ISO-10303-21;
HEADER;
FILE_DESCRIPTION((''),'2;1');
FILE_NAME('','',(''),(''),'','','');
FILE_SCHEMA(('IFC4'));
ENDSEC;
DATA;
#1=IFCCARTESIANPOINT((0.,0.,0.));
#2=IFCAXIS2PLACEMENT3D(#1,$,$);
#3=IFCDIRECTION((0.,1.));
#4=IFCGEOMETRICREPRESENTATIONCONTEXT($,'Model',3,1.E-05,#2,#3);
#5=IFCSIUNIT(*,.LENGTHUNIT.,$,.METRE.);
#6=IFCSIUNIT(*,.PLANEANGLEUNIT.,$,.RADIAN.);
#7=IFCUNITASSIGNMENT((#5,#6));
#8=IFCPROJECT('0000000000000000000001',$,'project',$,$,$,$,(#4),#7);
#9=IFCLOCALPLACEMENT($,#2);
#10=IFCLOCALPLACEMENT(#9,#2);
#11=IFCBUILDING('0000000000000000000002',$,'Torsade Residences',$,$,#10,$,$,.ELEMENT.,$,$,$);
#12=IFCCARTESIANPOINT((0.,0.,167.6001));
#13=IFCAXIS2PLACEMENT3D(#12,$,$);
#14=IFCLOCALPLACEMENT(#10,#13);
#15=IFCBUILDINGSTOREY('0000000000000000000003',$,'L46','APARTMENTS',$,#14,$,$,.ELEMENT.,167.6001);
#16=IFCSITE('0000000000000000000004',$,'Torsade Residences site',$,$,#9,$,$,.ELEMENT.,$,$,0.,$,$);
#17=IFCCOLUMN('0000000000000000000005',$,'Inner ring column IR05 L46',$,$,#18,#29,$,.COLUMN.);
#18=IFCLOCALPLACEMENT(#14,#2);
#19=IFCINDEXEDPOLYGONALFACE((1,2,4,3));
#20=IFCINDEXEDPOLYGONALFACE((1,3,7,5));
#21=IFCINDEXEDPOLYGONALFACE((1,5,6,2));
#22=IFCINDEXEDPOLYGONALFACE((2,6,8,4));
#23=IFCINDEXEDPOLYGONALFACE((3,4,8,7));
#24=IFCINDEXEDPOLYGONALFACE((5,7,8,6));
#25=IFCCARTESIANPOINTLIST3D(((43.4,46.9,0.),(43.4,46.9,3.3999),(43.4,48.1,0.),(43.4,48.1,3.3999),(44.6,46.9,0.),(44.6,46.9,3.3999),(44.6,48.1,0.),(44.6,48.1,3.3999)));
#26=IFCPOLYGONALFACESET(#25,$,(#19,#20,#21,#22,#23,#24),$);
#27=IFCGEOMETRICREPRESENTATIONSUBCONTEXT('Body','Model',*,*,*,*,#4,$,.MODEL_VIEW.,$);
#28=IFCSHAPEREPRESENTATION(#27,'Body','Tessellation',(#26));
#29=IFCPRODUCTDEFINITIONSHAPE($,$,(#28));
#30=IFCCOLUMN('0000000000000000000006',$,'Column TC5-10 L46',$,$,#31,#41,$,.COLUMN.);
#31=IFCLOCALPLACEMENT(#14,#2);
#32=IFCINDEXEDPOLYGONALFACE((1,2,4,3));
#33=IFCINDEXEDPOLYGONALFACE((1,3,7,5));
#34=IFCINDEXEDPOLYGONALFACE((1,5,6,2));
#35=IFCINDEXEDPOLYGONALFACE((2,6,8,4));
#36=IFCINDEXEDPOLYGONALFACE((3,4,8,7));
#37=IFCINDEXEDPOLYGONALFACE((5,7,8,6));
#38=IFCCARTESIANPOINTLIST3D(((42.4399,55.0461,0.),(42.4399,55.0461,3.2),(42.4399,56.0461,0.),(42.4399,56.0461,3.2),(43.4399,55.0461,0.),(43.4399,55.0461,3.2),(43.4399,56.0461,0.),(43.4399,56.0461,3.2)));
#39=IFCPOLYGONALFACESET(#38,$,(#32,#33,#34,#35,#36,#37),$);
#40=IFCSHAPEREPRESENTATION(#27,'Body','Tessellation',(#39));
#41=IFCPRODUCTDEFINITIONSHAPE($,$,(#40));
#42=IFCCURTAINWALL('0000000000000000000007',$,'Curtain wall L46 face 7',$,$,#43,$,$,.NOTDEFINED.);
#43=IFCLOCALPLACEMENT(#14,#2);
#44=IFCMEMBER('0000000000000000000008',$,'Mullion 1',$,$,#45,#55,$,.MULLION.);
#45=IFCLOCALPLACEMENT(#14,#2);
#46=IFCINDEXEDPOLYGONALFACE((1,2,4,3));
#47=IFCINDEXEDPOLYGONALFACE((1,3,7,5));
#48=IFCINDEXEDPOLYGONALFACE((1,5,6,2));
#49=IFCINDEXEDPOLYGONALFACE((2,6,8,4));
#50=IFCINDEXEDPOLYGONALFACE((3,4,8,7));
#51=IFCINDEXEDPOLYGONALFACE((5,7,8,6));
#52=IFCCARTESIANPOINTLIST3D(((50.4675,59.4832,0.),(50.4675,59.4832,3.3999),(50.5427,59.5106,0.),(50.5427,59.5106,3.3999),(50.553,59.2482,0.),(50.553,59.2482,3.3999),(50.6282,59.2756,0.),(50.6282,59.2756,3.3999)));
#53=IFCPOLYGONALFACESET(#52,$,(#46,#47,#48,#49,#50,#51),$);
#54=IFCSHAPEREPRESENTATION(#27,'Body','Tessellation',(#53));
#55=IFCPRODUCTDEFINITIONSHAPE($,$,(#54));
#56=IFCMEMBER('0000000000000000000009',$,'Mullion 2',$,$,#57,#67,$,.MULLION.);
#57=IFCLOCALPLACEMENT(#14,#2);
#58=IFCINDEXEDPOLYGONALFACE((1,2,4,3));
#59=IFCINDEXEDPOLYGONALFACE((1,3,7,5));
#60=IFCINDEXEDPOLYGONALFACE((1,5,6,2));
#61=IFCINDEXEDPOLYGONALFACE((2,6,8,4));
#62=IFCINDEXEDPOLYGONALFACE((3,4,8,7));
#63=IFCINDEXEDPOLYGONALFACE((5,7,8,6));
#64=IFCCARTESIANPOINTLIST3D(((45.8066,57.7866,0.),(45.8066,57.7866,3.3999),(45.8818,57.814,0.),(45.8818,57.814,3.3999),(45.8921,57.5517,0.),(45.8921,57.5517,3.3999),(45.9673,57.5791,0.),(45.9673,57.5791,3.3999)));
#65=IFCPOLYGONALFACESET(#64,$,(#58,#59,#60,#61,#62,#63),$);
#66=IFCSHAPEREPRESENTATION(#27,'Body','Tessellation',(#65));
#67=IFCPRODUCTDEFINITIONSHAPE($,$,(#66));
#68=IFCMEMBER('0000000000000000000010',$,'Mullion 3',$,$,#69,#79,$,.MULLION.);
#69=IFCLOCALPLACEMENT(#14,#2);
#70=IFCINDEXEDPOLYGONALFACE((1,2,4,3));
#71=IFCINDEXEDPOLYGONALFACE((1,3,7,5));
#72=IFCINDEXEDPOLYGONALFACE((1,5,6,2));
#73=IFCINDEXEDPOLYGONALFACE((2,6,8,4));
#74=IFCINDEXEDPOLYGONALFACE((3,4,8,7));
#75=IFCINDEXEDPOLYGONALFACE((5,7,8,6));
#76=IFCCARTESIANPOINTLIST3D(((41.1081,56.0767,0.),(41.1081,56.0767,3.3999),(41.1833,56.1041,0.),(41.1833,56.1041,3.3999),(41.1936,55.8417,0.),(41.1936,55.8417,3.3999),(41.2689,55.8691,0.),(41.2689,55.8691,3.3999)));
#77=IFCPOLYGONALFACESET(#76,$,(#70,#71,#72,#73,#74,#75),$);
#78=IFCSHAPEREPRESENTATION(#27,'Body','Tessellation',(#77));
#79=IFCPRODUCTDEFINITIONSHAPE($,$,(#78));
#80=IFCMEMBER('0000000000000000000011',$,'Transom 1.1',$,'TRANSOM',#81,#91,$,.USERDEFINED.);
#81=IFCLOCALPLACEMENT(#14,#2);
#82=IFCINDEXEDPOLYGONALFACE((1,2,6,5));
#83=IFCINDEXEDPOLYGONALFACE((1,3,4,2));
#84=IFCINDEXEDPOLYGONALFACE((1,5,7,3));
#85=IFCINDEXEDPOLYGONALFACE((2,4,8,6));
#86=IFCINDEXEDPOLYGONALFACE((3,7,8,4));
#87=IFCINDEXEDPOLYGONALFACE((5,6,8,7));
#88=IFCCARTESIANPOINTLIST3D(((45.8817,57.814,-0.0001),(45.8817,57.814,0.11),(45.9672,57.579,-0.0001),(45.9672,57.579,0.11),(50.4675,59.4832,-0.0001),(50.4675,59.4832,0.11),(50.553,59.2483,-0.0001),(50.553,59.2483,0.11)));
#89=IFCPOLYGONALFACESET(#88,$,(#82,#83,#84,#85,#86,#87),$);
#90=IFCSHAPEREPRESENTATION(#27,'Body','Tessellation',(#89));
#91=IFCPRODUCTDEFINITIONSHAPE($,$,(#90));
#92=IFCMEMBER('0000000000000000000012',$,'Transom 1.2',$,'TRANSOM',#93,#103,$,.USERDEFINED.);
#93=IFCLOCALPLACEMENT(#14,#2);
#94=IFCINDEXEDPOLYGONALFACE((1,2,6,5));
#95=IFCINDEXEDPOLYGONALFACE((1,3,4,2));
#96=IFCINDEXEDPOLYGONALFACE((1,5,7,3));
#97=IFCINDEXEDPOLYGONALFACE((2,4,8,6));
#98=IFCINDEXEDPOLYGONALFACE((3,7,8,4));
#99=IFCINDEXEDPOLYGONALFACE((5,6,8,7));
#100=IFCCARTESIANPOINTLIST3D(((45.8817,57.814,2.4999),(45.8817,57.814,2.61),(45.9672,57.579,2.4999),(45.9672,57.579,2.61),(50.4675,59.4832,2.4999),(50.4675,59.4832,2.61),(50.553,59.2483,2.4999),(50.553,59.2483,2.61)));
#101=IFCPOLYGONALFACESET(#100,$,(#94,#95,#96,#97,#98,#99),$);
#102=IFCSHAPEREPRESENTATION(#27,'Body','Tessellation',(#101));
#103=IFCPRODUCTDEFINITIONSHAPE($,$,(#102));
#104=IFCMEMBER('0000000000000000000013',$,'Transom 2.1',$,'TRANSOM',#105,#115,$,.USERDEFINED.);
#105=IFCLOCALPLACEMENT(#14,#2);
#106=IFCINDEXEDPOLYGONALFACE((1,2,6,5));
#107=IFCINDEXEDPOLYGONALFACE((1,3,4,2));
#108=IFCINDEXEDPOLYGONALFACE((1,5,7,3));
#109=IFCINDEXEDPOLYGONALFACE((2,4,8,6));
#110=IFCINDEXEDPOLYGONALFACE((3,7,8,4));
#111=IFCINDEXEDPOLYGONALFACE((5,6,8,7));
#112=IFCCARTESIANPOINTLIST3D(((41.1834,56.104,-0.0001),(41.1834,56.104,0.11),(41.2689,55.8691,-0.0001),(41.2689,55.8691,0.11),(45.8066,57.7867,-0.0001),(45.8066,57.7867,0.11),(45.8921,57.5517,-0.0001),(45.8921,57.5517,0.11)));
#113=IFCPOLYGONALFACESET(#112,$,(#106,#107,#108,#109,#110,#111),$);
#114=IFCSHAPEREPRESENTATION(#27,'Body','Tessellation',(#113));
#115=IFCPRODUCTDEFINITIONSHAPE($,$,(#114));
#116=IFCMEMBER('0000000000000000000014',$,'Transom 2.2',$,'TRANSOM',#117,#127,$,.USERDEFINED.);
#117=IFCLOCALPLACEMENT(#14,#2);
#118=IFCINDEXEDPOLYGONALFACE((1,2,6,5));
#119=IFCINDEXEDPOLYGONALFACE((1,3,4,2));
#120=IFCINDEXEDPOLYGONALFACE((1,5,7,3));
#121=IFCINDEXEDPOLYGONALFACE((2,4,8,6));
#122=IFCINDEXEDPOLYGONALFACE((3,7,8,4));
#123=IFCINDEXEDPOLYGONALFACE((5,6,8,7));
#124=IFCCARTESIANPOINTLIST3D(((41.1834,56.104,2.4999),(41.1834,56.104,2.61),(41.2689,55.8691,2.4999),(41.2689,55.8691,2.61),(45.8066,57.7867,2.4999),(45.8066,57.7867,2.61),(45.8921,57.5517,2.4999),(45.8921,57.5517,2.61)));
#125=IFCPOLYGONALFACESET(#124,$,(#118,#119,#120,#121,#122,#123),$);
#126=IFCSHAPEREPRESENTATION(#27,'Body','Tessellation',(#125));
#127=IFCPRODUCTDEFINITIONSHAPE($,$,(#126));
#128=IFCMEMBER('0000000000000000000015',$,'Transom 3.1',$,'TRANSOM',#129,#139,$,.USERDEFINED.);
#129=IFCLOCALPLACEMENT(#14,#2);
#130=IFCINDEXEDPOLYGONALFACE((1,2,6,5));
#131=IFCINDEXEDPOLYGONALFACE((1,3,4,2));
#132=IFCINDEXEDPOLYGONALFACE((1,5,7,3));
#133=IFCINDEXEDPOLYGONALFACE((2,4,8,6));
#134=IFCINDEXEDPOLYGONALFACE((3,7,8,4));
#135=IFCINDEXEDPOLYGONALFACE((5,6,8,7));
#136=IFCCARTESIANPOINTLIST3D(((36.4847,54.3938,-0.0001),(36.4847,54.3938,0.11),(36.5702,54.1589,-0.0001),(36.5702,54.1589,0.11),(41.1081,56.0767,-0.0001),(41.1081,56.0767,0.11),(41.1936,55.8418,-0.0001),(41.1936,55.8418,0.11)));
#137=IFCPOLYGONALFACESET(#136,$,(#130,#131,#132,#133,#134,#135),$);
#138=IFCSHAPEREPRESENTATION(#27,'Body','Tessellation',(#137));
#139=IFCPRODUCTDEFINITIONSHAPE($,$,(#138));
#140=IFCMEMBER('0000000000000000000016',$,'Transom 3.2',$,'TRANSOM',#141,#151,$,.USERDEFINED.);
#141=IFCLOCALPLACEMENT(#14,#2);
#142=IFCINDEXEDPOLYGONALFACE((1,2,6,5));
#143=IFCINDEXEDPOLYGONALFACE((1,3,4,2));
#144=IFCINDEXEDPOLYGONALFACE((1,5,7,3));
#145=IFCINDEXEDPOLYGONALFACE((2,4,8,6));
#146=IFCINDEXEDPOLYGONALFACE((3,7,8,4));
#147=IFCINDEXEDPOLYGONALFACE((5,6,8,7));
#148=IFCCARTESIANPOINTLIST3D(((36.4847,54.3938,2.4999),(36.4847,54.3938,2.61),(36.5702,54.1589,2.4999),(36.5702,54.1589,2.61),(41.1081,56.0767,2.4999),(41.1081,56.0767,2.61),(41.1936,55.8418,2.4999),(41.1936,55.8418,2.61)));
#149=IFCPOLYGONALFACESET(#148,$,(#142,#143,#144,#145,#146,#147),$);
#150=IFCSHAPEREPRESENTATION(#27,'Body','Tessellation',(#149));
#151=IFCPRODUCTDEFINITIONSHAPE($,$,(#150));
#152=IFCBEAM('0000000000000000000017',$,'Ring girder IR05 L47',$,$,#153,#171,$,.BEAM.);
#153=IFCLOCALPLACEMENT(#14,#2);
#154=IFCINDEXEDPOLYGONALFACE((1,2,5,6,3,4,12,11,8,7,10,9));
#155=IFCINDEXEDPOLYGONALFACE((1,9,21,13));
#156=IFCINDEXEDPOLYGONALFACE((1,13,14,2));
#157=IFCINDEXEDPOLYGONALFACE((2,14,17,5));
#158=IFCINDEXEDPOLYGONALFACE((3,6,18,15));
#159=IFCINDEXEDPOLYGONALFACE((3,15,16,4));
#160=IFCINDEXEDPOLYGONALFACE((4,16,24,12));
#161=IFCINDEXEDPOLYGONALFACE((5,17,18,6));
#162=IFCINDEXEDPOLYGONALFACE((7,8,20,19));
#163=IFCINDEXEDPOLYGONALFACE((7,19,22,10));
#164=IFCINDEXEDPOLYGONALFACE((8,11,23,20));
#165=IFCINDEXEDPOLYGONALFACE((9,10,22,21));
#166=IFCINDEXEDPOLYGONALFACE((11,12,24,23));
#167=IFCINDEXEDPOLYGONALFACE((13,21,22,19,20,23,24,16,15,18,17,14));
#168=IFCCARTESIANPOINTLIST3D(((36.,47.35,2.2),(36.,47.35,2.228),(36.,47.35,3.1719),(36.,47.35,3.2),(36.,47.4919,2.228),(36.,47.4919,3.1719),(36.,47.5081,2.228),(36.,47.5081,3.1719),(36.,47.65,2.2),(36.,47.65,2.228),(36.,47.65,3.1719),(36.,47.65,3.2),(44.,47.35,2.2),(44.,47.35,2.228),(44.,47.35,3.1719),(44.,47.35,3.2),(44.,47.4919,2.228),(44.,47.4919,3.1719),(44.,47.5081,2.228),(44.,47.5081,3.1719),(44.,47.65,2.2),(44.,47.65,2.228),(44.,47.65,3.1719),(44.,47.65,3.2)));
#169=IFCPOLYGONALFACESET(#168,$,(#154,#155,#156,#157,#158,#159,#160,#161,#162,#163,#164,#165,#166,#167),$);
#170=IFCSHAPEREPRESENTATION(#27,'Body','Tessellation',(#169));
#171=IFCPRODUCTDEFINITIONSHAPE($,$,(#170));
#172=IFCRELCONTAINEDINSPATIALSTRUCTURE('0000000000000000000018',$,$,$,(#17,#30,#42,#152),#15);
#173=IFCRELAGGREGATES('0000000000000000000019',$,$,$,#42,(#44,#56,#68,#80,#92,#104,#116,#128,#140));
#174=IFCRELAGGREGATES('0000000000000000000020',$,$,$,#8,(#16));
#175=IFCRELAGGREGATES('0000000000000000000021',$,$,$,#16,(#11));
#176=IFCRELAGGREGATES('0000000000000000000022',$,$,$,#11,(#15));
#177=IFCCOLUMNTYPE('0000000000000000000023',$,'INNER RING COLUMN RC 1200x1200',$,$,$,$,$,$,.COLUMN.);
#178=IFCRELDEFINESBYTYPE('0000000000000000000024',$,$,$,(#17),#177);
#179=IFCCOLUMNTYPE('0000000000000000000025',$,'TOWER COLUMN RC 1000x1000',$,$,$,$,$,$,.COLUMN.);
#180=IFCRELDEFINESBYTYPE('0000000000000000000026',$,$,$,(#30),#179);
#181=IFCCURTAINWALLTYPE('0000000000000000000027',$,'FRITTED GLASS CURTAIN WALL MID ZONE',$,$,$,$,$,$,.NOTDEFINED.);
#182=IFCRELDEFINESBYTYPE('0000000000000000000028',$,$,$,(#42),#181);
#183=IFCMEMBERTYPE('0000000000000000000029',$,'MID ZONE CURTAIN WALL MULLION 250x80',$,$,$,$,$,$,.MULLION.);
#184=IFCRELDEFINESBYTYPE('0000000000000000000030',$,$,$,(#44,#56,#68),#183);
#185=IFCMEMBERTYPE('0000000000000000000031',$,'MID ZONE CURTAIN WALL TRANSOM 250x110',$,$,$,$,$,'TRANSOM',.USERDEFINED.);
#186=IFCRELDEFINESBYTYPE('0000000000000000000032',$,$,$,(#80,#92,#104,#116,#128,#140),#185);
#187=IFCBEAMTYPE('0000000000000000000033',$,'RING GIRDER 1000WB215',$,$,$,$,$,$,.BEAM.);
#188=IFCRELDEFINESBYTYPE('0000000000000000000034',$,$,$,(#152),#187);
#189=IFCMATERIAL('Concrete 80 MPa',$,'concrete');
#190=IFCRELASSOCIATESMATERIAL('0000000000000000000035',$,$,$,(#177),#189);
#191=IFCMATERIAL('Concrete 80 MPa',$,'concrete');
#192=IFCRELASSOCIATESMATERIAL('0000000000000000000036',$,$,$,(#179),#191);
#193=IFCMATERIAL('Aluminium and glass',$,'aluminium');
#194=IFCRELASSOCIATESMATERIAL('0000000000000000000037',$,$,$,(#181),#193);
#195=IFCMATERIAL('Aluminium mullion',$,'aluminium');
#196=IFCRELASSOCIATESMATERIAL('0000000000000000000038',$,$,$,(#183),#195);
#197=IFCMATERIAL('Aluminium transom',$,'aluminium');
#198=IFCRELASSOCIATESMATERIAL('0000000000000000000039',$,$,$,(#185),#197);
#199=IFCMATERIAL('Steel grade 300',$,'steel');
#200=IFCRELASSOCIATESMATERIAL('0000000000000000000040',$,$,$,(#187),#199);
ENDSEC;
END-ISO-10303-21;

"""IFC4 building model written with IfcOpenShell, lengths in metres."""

from ifc_helpers import new_model, si_unit, direction, frame, origin, origin_2d, place, context, subcontext, project, spatial, rectangle, i_section, extrude, material, material_profile, profile_set, type_object, element, aggregate, save


model = new_model("IFC4")

# Units and contexts
model_context = context("Model", 3, precision=1e-05, world=origin(), true_north=direction((0.0, 1.0)))
body_context = subcontext(model_context, "Body", "Model", "MODEL_VIEW")
ifc_project = project(units=[si_unit("LENGTHUNIT", "METRE"), si_unit("PLANEANGLEUNIT", "RADIAN")], contexts=[model_context])

# Site, building, storey
site_placement = place(None, origin())
site = spatial("IfcSite", under=ifc_project, at=site_placement, Name="Torsade Residences site", CompositionType="ELEMENT", RefElevation=0.0)
building_placement = place(site_placement, origin())
building = spatial("IfcBuilding", under=site, at=building_placement, Name="Torsade Residences", CompositionType="ELEMENT")
storey_placement = place(building_placement, frame((0.0, 0.0, 167.6001)))
storey = spatial("IfcBuildingStorey", under=building, at=storey_placement, Name="L46", Description="APARTMENTS", CompositionType="ELEMENT", Elevation=167.6001)

# Columns
ifc_material_1 = material(Name="Concrete 80 MPa", Category="concrete")
ifc_material_profile_1 = material_profile(ifc_material_1, rectangle(XDim=1.2, YDim=1.2, at=origin_2d()), Name="RC 1200x1200")
ifc_profile_set_1 = profile_set([ifc_material_profile_1], Name="Concrete 80 MPa")
column_type_1 = type_object("IfcColumnType", Name="INNER RING COLUMN RC 1200x1200", PredefinedType="COLUMN", material=ifc_profile_set_1)
column_1_placement = place(storey_placement, frame((44.0, 47.5, 0.0), z_axis=(0.0, 0.0, 1.0), x_axis=(1.0, 0.0, 0.0)))
element("IfcColumn", 1, at=column_1_placement, inside=storey, type_object=column_type_1, Name="Inner ring column IR05 L46", PredefinedType="COLUMN", context=body_context, shape_type="SweptSolid", body=[
    extrude(rectangle(XDim=1.2, YDim=1.2, at=origin_2d()), origin(), (0.0, 0.0, 1.0), 3.3999),
])
ifc_material_2 = material(Name="Concrete 80 MPa", Category="concrete")
ifc_material_profile_2 = material_profile(ifc_material_2, rectangle(XDim=1.0, YDim=1.0, at=origin_2d()), Name="RC 1000x1000")
ifc_profile_set_2 = profile_set([ifc_material_profile_2], Name="Concrete 80 MPa")
column_type_2 = type_object("IfcColumnType", Name="TOWER COLUMN RC 1000x1000", PredefinedType="COLUMN", material=ifc_profile_set_2)
column_2_placement = place(storey_placement, frame((42.9399, 55.5461, 0.0), z_axis=(0.0, 0.0, 1.0), x_axis=(1.0, 0.0, 0.0)))
element("IfcColumn", 2, at=column_2_placement, inside=storey, type_object=column_type_2, Name="Column TC5-10 L46", PredefinedType="COLUMN", context=body_context, shape_type="SweptSolid", body=[
    extrude(rectangle(XDim=1.0, YDim=1.0, at=origin_2d()), origin(), (0.0, 0.0, 1.0), 3.2),
])

# Curtain wall, members
ifc_material_3 = material(Name="Aluminium and glass", Category="aluminium")
curtain_wall_type = type_object("IfcCurtainWallType", Name="FRITTED GLASS CURTAIN WALL MID ZONE", PredefinedType="NOTDEFINED", material=ifc_material_3)
curtain_wall_placement = place(storey_placement, origin())
curtain_wall = element("IfcCurtainWall", 3, at=curtain_wall_placement, inside=storey, type_object=curtain_wall_type, Name="Curtain wall L46 face 7", PredefinedType="NOTDEFINED")
ifc_material_4 = material(Name="Aluminium mullion", Category="aluminium")
ifc_material_profile_3 = material_profile(ifc_material_4, rectangle(XDim=0.25, YDim=0.0801, at=origin_2d()), Name="MID ZONE CURTAIN WALL MULLION 250x80")
ifc_profile_set_3 = profile_set([ifc_material_profile_3], Name="Aluminium mullion")
member_type_1 = type_object("IfcMemberType", Name="MID ZONE CURTAIN WALL MULLION 250x80", PredefinedType="MULLION", material=ifc_profile_set_3)
member_1_placement = place(storey_placement, frame((50.5479, 59.3794, 0.0), z_axis=(0.0, 0.0, 1.0), x_axis=(0.34202, -0.939693, 0.0)))
member_1 = element("IfcMember", 4, at=member_1_placement, type_object=member_type_1, Name="Mullion 1", PredefinedType="MULLION", context=body_context, shape_type="SweptSolid", body=[
    extrude(rectangle(XDim=0.25, YDim=0.0801, at=origin_2d()), origin(), (0.0, 0.0, 1.0), 3.3999),
])
member_2_placement = place(storey_placement, frame((45.887, 57.6829, 0.0), z_axis=(0.0, 0.0, 1.0), x_axis=(0.34202, -0.939693, 0.0)))
member_2 = element("IfcMember", 5, at=member_2_placement, type_object=member_type_1, Name="Mullion 2", PredefinedType="MULLION", context=body_context, shape_type="SweptSolid", body=[
    extrude(rectangle(XDim=0.25, YDim=0.0801, at=origin_2d()), origin(), (0.0, 0.0, 1.0), 3.3999),
])
member_3_placement = place(storey_placement, frame((41.1885, 55.9729, 0.0), z_axis=(0.0, 0.0, 1.0), x_axis=(0.34202, -0.939693, 0.0)))
member_3 = element("IfcMember", 6, at=member_3_placement, type_object=member_type_1, Name="Mullion 3", PredefinedType="MULLION", context=body_context, shape_type="SweptSolid", body=[
    extrude(rectangle(XDim=0.25, YDim=0.0801, at=origin_2d()), origin(), (0.0, 0.0, 1.0), 3.3999),
])
ifc_material_5 = material(Name="Aluminium transom", Category="aluminium")
ifc_material_profile_4 = material_profile(ifc_material_5, rectangle(XDim=0.25, YDim=0.1101, at=origin_2d()), Name="MID ZONE CURTAIN WALL TRANSOM 250x110")
ifc_profile_set_4 = profile_set([ifc_material_profile_4], Name="Aluminium transom")
member_type_2 = type_object("IfcMemberType", Name="MID ZONE CURTAIN WALL TRANSOM 250x110", ElementType="TRANSOM", PredefinedType="USERDEFINED", material=ifc_profile_set_4)
member_4_placement = place(storey_placement, frame((50.5103, 59.3657, 0.0549), z_axis=(-0.939684, -0.342044, 0.0), x_axis=(0.342044, -0.939684, 0.0)))
member_4 = element("IfcMember", 7, at=member_4_placement, type_object=member_type_2, Name="Transom 1.1", ObjectType="TRANSOM", PredefinedType="USERDEFINED", context=body_context, shape_type="SweptSolid", body=[
    extrude(rectangle(XDim=0.25, YDim=0.1101, at=origin_2d()), origin(), (0.0, 0.0, 1.0), 4.8801),
])
member_5_placement = place(storey_placement, frame((50.5103, 59.3657, 2.5549), z_axis=(-0.939684, -0.342044, 0.0), x_axis=(0.342044, -0.939684, 0.0)))
member_5 = element("IfcMember", 8, at=member_5_placement, type_object=member_type_2, Name="Transom 1.2", ObjectType="TRANSOM", PredefinedType="USERDEFINED", context=body_context, shape_type="SweptSolid", body=[
    extrude(rectangle(XDim=0.25, YDim=0.1101, at=origin_2d()), origin(), (0.0, 0.0, 1.0), 4.8801),
])
member_6_placement = place(storey_placement, frame((45.8494, 57.6692, 0.0549), z_axis=(-0.939701, -0.341998, 0.0), x_axis=(0.341998, -0.939701, 0.0)))
member_6 = element("IfcMember", 9, at=member_6_placement, type_object=member_type_2, Name="Transom 2.1", ObjectType="TRANSOM", PredefinedType="USERDEFINED", context=body_context, shape_type="SweptSolid", body=[
    extrude(rectangle(XDim=0.25, YDim=0.1101, at=origin_2d()), origin(), (0.0, 0.0, 1.0), 4.9199),
])
member_7_placement = place(storey_placement, frame((45.8494, 57.6692, 2.5549), z_axis=(-0.939701, -0.341998, 0.0), x_axis=(0.341998, -0.939701, 0.0)))
member_7 = element("IfcMember", 10, at=member_7_placement, type_object=member_type_2, Name="Transom 2.2", ObjectType="TRANSOM", PredefinedType="USERDEFINED", context=body_context, shape_type="SweptSolid", body=[
    extrude(rectangle(XDim=0.25, YDim=0.1101, at=origin_2d()), origin(), (0.0, 0.0, 1.0), 4.9199),
])
member_8_placement = place(storey_placement, frame((41.1509, 55.9592, 0.0549), z_axis=(-0.939685, -0.342042, 0.0), x_axis=(0.342042, -0.939685, 0.0)))
member_8 = element("IfcMember", 11, at=member_8_placement, type_object=member_type_2, Name="Transom 3.1", ObjectType="TRANSOM", PredefinedType="USERDEFINED", context=body_context, shape_type="SweptSolid", body=[
    extrude(rectangle(XDim=0.25, YDim=0.1101, at=origin_2d()), origin(), (0.0, 0.0, 1.0), 4.9202),
])
member_9_placement = place(storey_placement, frame((41.1509, 55.9592, 2.5549), z_axis=(-0.939685, -0.342042, 0.0), x_axis=(0.342042, -0.939685, 0.0)))
member_9 = element("IfcMember", 12, at=member_9_placement, type_object=member_type_2, Name="Transom 3.2", ObjectType="TRANSOM", PredefinedType="USERDEFINED", context=body_context, shape_type="SweptSolid", body=[
    extrude(rectangle(XDim=0.25, YDim=0.1101, at=origin_2d()), origin(), (0.0, 0.0, 1.0), 4.9202),
])

# Beam
ifc_material_6 = material(Name="Steel grade 300", Category="steel")
ifc_material_profile_5 = material_profile(ifc_material_6, i_section(OverallWidth=0.3, OverallDepth=1.0, WebThickness=0.0161, FlangeThickness=0.0281, at=origin_2d()), Name="1000WB215")
ifc_profile_set_5 = profile_set([ifc_material_profile_5], Name="Steel grade 300")
beam_type_1 = type_object("IfcBeamType", Name="RING GIRDER 1000WB215", PredefinedType="BEAM", material=ifc_profile_set_5)
beam_1_placement = place(storey_placement, frame((44.0, 47.5, 2.7), z_axis=(-1.0, 0.0, 0.0), x_axis=(0.0, -1.0, 0.0)))
element("IfcBeam", 13, at=beam_1_placement, inside=storey, type_object=beam_type_1, Name="Ring girder IR05 L47", PredefinedType="BEAM", context=body_context, shape_type="SweptSolid", body=[
    extrude(i_section(OverallWidth=0.3, OverallDepth=1.0, WebThickness=0.0161, FlangeThickness=0.0281, at=origin_2d()), origin(), (0.0, 0.0, 1.0), 8.0),
])

aggregate(curtain_wall, [member_1, member_2, member_3, member_4, member_5, member_6, member_7, member_8, member_9])

save(model, "model.ifc")
